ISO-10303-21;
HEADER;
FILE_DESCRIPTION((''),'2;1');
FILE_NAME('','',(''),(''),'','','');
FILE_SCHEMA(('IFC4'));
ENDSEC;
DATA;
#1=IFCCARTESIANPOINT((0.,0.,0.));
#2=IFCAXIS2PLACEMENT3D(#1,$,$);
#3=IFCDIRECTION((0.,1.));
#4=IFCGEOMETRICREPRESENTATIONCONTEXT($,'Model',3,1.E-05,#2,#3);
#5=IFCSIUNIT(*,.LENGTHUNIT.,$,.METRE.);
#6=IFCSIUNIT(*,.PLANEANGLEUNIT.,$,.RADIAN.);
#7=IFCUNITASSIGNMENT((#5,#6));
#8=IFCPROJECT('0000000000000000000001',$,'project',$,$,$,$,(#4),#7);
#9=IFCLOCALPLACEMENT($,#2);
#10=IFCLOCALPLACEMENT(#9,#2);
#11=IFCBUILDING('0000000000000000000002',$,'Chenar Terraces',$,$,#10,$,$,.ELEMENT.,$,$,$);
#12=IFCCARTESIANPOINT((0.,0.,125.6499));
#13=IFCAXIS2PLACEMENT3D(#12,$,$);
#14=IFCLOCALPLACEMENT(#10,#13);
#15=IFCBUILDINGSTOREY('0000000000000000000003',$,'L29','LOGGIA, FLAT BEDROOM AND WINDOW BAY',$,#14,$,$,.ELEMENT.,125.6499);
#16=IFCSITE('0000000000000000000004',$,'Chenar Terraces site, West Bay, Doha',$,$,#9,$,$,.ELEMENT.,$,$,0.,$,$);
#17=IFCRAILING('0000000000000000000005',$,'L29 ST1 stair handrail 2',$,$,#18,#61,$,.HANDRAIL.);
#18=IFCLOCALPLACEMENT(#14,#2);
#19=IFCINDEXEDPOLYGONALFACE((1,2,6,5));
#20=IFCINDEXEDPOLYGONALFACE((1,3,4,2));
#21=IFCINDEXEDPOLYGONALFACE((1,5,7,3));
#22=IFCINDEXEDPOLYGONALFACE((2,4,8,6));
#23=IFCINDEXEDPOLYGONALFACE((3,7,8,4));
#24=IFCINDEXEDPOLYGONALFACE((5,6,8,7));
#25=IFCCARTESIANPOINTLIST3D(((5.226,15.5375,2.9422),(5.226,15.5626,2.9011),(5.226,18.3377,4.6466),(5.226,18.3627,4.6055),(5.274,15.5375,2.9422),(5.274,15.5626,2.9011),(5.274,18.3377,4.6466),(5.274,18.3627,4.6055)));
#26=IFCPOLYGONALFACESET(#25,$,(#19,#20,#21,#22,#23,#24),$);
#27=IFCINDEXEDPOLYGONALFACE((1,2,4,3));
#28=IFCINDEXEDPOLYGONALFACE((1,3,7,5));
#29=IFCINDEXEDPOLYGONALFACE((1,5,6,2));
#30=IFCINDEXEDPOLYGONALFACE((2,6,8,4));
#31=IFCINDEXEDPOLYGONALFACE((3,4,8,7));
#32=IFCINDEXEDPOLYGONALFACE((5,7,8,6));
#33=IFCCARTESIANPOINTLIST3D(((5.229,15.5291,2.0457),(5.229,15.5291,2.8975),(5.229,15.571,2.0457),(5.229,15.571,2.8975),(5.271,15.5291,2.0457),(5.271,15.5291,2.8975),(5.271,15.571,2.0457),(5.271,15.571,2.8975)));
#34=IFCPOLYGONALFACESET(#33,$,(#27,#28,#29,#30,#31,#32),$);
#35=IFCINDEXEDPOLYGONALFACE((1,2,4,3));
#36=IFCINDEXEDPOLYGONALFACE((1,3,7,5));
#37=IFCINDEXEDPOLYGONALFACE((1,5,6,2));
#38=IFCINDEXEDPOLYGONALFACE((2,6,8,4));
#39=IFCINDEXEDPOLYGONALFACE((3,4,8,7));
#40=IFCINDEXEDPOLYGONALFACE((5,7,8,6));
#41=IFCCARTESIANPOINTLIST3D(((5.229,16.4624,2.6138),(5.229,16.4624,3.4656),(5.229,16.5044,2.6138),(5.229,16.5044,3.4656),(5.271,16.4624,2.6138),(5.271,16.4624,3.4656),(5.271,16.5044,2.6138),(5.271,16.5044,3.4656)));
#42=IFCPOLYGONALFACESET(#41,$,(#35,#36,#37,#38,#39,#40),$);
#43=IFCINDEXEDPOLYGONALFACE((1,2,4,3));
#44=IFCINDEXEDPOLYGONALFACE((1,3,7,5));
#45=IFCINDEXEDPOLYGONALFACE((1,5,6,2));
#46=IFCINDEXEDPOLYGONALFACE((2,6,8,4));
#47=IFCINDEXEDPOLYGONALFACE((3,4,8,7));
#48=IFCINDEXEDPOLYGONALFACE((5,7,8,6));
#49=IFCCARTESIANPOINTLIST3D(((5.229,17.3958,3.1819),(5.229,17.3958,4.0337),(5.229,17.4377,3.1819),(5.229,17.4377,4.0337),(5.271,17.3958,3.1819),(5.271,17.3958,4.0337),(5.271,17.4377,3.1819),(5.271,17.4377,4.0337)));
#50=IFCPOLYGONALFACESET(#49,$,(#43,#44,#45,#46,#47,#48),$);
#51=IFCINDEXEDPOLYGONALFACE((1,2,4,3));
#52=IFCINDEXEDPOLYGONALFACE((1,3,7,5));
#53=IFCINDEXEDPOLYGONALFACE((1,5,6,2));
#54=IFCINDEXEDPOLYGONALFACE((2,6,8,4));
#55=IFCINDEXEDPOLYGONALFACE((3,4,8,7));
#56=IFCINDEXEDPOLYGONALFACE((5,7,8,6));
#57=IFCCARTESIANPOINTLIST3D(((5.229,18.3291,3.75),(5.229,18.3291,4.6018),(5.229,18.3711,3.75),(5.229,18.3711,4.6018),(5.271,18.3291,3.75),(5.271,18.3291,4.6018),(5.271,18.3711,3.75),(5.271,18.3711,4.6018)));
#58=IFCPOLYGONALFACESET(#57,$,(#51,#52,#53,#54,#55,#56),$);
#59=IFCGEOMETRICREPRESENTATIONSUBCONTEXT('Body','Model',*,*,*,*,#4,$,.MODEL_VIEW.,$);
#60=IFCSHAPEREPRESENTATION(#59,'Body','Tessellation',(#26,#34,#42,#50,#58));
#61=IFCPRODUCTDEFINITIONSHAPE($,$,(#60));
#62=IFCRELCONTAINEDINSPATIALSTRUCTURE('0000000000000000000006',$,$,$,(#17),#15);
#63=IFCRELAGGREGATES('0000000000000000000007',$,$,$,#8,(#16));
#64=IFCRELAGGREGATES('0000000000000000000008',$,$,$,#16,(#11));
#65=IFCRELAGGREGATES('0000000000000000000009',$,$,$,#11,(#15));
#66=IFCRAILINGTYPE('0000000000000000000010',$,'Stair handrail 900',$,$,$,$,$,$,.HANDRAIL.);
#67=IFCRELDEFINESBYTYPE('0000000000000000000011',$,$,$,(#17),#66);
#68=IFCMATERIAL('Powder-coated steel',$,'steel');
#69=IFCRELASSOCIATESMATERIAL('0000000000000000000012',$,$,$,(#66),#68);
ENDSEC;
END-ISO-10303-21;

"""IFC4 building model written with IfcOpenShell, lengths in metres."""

from ifc_helpers import new_model, si_unit, direction, frame, origin, origin_2d, place, context, subcontext, project, spatial, rectangle, extrude, material, type_object, element, save


model = new_model("IFC4")

# Units and contexts
model_context = context("Model", 3, precision=1e-05, world=origin(), true_north=direction((0.0, 1.0)))
body_context = subcontext(model_context, "Body", "Model", "MODEL_VIEW")
ifc_project = project(units=[si_unit("LENGTHUNIT", "METRE"), si_unit("PLANEANGLEUNIT", "RADIAN")], contexts=[model_context])

# Site, building, storey
site_placement = place(None, origin())
site = spatial("IfcSite", under=ifc_project, at=site_placement, Name="Chenar Terraces site, West Bay, Doha", CompositionType="ELEMENT", RefElevation=0.0)
building_placement = place(site_placement, origin())
building = spatial("IfcBuilding", under=site, at=building_placement, Name="Chenar Terraces", CompositionType="ELEMENT")
storey_placement = place(building_placement, frame((0.0, 0.0, 125.6499)))
storey = spatial("IfcBuildingStorey", under=building, at=storey_placement, Name="L29", Description="LOGGIA, FLAT BEDROOM AND WINDOW BAY", CompositionType="ELEMENT", Elevation=125.6499)

# Railing
ifc_material_1 = material(Name="Powder-coated steel", Category="steel")
railing_type_1 = type_object("IfcRailingType", Name="Stair handrail 900", PredefinedType="HANDRAIL", material=ifc_material_1)
railing_1_placement = place(storey_placement, frame((5.25, 15.55, 2.0457)))
element("IfcRailing", 1, at=railing_1_placement, inside=storey, type_object=railing_type_1, Name="L29 ST1 stair handrail 2", PredefinedType="HANDRAIL", context=body_context, shape_type="SweptSolid", body=[
    extrude(rectangle(XDim=0.0481, YDim=0.0481, at=origin_2d()), frame((0.0, 0.0, 0.876), z_axis=(0.0, 0.854203, 0.51994), x_axis=(-1.0, 0.0, 0.0)), (0.0, 0.0, 1.0), 3.2781),
    extrude(rectangle(XDim=0.042, YDim=0.042, at=origin_2d()), origin(), (0.0, 0.0, 1.0), 0.8518),
    extrude(rectangle(XDim=0.042, YDim=0.042, at=origin_2d()), frame((0.0, 0.9333, 0.5681)), (0.0, 0.0, 1.0), 0.8518),
    extrude(rectangle(XDim=0.042, YDim=0.042, at=origin_2d()), frame((0.0, 1.8667, 1.1362)), (0.0, 0.0, 1.0), 0.8518),
    extrude(rectangle(XDim=0.042, YDim=0.042, at=origin_2d()), frame((0.0, 2.8, 1.7043)), (0.0, 0.0, 1.0), 0.8518),
])

save(model, "model.ifc")
